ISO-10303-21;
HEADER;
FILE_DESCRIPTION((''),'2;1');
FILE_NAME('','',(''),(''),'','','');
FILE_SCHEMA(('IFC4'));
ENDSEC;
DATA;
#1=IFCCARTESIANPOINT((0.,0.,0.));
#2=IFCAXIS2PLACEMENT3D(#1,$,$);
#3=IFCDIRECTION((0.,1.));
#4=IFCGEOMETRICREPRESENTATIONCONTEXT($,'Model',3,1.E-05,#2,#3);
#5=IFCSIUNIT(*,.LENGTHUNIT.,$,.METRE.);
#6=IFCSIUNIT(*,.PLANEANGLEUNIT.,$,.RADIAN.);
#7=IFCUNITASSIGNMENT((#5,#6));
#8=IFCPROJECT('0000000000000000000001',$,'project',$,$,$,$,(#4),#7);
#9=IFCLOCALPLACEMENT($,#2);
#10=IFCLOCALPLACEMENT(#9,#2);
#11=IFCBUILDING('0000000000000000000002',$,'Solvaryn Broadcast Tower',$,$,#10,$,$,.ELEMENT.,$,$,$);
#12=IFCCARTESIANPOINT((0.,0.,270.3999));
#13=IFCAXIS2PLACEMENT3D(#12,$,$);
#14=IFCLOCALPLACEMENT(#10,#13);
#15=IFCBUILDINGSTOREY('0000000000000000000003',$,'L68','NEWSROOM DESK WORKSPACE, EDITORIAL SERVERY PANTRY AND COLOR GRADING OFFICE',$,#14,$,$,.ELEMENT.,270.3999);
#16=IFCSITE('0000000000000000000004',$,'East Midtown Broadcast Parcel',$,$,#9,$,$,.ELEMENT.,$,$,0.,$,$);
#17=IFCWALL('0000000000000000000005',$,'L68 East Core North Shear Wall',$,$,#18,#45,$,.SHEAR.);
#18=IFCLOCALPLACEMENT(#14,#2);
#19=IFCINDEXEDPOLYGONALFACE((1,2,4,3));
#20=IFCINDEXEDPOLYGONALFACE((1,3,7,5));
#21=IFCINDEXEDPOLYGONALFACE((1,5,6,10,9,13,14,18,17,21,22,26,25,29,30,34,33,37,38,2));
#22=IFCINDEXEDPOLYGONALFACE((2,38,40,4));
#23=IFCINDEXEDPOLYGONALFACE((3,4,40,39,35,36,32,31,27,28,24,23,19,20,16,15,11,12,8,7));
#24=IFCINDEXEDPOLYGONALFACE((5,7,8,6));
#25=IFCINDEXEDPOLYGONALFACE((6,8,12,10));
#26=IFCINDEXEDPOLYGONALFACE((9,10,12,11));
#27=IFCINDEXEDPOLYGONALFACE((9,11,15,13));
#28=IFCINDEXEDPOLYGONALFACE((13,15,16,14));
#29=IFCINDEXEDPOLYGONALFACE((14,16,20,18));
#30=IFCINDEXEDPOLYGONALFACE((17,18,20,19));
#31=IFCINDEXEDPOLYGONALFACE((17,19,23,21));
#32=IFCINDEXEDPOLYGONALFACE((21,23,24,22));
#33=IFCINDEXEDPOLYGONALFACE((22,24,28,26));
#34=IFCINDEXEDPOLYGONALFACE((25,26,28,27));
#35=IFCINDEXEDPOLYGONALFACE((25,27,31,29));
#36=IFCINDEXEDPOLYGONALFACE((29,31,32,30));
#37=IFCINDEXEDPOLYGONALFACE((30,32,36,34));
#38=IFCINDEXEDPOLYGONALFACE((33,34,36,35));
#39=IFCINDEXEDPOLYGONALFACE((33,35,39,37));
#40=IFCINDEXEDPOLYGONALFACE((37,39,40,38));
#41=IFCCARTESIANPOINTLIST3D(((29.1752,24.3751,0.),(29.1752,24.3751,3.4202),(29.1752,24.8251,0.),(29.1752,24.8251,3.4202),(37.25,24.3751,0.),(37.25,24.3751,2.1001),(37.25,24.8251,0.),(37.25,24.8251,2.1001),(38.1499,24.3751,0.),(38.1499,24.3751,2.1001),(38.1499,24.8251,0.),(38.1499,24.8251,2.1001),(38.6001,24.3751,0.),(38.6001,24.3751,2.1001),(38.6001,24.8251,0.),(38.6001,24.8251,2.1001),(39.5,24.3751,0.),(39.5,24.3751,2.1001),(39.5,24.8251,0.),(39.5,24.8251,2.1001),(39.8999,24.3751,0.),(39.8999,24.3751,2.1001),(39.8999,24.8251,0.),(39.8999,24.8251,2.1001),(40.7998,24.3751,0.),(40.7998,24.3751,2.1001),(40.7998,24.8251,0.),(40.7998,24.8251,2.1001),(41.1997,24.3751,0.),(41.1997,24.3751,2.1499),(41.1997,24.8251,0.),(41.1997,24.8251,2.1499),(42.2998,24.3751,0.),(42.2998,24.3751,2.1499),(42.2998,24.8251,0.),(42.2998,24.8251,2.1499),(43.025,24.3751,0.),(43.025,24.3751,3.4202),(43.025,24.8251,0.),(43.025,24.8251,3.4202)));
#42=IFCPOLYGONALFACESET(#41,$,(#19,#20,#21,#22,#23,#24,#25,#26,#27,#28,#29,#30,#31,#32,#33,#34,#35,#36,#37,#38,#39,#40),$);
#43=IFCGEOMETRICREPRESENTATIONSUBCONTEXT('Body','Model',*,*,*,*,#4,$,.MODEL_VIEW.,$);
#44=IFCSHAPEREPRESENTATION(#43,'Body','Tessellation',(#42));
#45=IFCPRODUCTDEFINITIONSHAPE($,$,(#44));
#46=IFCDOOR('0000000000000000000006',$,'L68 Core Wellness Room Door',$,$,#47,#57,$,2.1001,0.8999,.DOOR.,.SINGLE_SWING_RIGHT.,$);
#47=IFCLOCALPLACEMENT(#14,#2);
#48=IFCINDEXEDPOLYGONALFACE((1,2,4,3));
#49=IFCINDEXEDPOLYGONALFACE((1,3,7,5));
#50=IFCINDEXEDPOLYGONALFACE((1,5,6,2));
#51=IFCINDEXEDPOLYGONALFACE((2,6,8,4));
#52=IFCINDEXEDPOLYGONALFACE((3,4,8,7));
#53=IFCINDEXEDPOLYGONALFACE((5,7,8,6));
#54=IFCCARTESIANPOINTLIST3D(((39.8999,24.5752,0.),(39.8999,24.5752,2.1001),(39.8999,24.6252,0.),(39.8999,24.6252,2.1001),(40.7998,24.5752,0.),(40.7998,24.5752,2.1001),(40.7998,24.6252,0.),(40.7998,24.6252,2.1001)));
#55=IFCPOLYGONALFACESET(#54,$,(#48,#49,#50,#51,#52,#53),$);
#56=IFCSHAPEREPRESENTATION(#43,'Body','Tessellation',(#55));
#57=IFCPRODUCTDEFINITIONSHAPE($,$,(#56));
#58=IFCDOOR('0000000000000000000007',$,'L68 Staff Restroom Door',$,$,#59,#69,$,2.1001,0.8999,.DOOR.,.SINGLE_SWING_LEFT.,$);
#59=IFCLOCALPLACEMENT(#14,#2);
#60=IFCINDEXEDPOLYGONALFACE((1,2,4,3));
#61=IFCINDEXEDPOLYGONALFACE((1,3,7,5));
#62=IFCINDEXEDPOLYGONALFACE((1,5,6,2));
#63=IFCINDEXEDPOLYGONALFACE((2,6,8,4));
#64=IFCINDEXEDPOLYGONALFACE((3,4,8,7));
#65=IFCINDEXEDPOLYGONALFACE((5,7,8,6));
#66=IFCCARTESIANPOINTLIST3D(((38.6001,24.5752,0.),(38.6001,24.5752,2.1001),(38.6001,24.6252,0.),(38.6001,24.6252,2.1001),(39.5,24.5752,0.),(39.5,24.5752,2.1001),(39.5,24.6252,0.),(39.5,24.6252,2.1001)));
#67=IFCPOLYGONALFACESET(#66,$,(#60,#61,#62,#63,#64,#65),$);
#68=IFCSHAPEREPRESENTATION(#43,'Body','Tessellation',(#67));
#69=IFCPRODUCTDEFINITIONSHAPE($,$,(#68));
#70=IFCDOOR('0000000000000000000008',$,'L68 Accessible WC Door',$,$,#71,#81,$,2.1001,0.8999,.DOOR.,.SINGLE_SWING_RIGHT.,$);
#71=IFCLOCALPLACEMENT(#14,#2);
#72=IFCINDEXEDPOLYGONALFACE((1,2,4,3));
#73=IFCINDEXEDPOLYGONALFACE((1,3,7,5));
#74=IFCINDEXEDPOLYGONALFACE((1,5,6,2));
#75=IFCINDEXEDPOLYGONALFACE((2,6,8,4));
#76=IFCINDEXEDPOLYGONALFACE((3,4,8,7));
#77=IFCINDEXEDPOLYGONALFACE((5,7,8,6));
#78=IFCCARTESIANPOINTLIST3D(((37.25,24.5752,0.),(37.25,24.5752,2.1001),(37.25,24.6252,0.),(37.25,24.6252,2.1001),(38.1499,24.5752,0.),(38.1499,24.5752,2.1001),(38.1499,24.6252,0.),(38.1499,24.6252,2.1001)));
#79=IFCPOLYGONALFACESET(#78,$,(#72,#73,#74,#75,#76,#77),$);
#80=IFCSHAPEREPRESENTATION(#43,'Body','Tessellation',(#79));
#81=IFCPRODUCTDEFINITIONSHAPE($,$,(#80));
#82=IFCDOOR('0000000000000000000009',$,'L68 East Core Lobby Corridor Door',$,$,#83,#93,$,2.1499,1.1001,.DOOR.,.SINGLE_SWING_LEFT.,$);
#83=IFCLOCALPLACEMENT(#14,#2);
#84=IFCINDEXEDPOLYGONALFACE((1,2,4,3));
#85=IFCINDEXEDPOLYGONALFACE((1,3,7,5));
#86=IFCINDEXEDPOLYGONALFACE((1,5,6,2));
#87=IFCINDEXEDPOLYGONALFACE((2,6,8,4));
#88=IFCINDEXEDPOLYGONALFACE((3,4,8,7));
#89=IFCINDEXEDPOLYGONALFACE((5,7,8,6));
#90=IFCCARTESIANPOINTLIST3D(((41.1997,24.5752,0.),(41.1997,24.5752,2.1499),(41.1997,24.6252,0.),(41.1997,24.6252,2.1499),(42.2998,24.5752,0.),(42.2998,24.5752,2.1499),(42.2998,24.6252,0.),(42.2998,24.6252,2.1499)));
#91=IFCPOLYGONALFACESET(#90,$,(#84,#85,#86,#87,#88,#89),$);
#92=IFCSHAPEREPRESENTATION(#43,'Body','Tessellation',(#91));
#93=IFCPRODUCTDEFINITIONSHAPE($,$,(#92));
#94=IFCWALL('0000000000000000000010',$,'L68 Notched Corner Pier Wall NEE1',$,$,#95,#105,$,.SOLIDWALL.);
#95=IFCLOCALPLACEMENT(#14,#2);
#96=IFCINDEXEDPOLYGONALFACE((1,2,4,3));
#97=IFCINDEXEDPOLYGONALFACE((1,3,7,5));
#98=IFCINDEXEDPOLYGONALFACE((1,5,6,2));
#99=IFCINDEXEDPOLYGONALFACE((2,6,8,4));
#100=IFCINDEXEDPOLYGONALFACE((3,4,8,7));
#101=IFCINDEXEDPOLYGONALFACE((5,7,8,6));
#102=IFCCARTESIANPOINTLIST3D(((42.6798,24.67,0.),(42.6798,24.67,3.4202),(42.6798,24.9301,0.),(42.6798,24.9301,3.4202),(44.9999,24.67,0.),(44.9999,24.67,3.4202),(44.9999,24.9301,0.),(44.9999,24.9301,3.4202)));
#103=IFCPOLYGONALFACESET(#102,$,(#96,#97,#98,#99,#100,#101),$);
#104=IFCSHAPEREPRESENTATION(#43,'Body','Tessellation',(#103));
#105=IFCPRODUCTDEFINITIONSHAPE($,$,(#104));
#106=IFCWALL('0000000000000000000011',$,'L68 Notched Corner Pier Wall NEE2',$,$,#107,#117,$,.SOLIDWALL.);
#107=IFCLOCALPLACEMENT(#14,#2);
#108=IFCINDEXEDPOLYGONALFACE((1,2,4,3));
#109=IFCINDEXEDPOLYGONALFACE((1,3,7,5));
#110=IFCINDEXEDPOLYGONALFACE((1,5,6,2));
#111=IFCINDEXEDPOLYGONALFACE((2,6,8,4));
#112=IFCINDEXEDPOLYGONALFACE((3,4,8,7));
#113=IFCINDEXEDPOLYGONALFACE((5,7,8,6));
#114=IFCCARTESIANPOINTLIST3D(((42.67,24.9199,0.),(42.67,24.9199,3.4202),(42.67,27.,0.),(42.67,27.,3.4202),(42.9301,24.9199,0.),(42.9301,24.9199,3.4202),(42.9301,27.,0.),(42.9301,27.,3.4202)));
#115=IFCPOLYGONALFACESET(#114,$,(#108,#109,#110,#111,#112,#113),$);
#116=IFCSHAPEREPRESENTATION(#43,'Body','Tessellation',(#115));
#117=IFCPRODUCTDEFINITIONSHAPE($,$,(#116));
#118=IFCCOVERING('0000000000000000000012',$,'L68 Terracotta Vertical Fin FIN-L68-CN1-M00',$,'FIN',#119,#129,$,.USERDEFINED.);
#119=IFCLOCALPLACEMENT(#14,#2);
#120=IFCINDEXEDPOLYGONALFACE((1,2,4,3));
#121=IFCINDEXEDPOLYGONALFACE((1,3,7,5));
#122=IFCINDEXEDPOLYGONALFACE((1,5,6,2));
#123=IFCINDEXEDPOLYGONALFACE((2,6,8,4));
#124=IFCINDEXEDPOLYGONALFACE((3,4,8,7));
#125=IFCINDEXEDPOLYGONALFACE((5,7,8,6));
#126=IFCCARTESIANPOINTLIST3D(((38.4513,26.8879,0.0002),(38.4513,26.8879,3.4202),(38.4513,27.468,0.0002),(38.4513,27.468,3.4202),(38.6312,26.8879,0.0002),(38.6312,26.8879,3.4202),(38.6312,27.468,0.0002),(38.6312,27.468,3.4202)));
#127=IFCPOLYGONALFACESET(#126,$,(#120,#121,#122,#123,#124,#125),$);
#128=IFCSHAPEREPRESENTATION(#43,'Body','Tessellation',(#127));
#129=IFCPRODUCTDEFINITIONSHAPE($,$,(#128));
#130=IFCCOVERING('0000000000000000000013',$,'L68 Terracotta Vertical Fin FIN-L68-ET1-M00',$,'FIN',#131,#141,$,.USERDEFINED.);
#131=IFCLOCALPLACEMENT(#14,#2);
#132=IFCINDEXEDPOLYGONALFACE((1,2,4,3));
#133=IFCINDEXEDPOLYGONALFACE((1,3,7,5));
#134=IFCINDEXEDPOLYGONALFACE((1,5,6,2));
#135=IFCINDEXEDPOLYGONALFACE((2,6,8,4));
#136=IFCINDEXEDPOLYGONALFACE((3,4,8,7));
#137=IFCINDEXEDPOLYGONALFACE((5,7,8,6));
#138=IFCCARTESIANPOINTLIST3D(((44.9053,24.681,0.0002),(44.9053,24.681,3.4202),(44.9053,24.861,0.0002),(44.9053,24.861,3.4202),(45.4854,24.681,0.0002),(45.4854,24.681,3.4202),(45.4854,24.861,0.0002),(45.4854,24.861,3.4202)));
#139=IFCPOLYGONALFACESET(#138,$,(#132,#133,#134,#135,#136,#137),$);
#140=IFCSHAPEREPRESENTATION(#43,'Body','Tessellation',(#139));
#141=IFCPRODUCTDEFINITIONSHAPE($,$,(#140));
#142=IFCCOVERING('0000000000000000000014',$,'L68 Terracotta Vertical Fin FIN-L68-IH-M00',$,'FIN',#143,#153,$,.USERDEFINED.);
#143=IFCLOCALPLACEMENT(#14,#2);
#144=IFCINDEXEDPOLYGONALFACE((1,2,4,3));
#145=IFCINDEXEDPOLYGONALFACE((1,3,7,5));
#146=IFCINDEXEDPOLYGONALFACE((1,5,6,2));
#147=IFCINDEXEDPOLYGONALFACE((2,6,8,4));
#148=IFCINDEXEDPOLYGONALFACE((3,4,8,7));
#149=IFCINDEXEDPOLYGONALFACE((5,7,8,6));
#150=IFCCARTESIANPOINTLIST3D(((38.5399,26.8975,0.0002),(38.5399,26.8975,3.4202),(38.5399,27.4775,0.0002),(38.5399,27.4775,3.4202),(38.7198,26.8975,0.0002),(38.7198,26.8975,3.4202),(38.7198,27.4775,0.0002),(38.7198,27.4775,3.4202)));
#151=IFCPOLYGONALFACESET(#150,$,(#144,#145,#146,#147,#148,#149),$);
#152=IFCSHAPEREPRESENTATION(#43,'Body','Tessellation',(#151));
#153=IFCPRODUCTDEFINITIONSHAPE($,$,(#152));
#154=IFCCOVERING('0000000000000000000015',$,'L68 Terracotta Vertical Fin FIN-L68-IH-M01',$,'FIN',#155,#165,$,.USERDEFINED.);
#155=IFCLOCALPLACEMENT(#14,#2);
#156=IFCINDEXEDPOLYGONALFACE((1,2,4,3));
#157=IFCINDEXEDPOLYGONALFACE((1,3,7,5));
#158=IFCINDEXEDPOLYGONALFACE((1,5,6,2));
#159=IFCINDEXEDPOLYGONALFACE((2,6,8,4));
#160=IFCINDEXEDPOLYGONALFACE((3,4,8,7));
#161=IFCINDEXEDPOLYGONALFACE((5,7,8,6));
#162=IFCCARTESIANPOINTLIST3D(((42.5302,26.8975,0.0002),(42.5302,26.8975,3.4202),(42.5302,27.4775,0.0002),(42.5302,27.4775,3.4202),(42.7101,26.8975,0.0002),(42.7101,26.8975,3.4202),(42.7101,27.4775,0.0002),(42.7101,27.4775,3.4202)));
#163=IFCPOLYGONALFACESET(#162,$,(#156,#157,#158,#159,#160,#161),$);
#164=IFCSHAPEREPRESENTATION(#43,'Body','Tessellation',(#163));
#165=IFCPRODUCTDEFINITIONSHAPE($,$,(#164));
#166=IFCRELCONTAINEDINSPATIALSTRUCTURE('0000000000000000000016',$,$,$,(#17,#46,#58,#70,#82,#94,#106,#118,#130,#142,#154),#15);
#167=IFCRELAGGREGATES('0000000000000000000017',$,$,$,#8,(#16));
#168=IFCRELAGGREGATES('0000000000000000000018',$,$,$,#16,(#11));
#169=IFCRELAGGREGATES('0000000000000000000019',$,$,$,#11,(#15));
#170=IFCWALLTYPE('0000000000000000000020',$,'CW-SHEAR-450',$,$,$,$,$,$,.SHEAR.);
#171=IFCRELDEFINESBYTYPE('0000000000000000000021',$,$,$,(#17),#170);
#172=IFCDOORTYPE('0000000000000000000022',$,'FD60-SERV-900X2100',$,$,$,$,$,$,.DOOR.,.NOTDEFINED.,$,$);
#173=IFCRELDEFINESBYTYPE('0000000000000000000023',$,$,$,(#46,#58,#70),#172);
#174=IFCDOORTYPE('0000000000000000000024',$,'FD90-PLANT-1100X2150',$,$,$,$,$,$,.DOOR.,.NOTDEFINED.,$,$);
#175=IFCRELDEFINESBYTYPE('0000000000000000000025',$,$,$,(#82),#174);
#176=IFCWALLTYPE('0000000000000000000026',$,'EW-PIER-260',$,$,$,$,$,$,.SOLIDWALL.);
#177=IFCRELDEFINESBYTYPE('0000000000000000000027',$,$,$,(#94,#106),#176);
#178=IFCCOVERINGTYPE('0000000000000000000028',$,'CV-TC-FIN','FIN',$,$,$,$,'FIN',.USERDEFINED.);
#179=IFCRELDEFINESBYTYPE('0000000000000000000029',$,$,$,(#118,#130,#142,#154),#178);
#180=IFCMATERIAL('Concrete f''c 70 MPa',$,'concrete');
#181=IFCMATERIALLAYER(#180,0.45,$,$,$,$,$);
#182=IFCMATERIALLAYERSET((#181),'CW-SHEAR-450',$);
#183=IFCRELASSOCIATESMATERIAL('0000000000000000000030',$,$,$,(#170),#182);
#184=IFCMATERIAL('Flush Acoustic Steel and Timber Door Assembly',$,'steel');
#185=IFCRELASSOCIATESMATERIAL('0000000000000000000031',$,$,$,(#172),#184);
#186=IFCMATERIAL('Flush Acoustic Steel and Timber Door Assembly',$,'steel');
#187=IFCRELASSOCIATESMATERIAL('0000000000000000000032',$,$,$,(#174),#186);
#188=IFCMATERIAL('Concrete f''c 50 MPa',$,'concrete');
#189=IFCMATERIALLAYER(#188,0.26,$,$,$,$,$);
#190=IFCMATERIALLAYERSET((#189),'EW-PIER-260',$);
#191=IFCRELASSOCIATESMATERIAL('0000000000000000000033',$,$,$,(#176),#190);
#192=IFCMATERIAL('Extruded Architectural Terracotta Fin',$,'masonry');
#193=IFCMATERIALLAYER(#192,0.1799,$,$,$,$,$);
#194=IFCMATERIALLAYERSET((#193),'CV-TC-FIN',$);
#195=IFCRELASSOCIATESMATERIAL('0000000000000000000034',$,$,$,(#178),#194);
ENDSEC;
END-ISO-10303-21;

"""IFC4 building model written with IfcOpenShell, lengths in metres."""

from ifc_helpers import new_model, si_unit, direction, frame, frame_2d, origin, origin_2d, place, context, subcontext, project, spatial, rectangle, extrude, material, layer, layer_set, type_object, element, fill, save


model = new_model("IFC4")

# Units and contexts
model_context = context("Model", 3, precision=1e-05, world=origin(), true_north=direction((0.0, 1.0)))
body_context = subcontext(model_context, "Body", "Model", "MODEL_VIEW")
ifc_project = project(units=[si_unit("LENGTHUNIT", "METRE"), si_unit("PLANEANGLEUNIT", "RADIAN")], contexts=[model_context])

# Site, building, storey
site_placement = place(None, origin())
site = spatial("IfcSite", under=ifc_project, at=site_placement, Name="East Midtown Broadcast Parcel", CompositionType="ELEMENT", RefElevation=0.0)
building_placement = place(site_placement, origin())
building = spatial("IfcBuilding", under=site, at=building_placement, Name="Solvaryn Broadcast Tower", CompositionType="ELEMENT")
storey_placement = place(building_placement, frame((0.0, 0.0, 270.3999)))
storey = spatial("IfcBuildingStorey", under=building, at=storey_placement, Name="L68", Description="NEWSROOM DESK WORKSPACE, EDITORIAL SERVERY PANTRY AND COLOR GRADING OFFICE", CompositionType="ELEMENT", Elevation=270.3999)

# Wall, openings, doors
ifc_material_1 = material(Name="Concrete f'c 70 MPa", Category="concrete")
ifc_layer_1 = layer(ifc_material_1, 0.45)
ifc_layer_set_1 = layer_set([ifc_layer_1], Name="CW-SHEAR-450")
wall_type_1 = type_object("IfcWallType", Name="CW-SHEAR-450", PredefinedType="SHEAR", material=ifc_layer_set_1)
wall_1_placement = place(storey_placement, frame((43.0249, 24.6001, 0.0), z_axis=(0.0, 0.0, 1.0), x_axis=(-1.0, 0.0, 0.0)))
wall_1 = element("IfcWall", 1, at=wall_1_placement, inside=storey, type_object=wall_type_1, Name="L68 East Core North Shear Wall", PredefinedType="SHEAR", context=body_context, shape_type="SweptSolid", body=[
    extrude(rectangle(XDim=13.8499, YDim=0.45, at=frame_2d((6.9248, 0.0))), origin(), (0.0, 0.0, 1.0), 3.4202),
])
opening_1_placement = place(wall_1_placement, frame((0.7251, 0.0, 0.0)))
opening_1 = element("IfcOpeningElement", 2, at=opening_1_placement, cuts=wall_1, PredefinedType="OPENING", context=body_context, shape_type="SweptSolid", body=[
    extrude(rectangle(XDim=1.1001, YDim=2.1499, at=frame_2d((0.55, 1.075))), frame((0.0, 0.2351, 0.0), z_axis=(0.0, -1.0, 0.0), x_axis=(1.0, 0.0, 0.0)), (0.0, 0.0, 1.0), 0.47),
])
opening_2_placement = place(wall_1_placement, frame((2.2251, 0.0, 0.0)))
opening_2 = element("IfcOpeningElement", 3, at=opening_2_placement, cuts=wall_1, PredefinedType="OPENING", context=body_context, shape_type="SweptSolid", body=[
    extrude(rectangle(XDim=0.8999, YDim=2.1001, at=frame_2d((0.45, 1.05))), frame((0.0, 0.2351, 0.0), z_axis=(0.0, -1.0, 0.0), x_axis=(1.0, 0.0, 0.0)), (0.0, 0.0, 1.0), 0.47),
])
opening_3_placement = place(wall_1_placement, frame((3.5249, 0.0, 0.0)))
opening_3 = element("IfcOpeningElement", 4, at=opening_3_placement, cuts=wall_1, PredefinedType="OPENING", context=body_context, shape_type="SweptSolid", body=[
    extrude(rectangle(XDim=0.8999, YDim=2.1001, at=frame_2d((0.45, 1.05))), frame((0.0, 0.2351, 0.0), z_axis=(0.0, -1.0, 0.0), x_axis=(1.0, 0.0, 0.0)), (0.0, 0.0, 1.0), 0.47),
])
opening_4_placement = place(wall_1_placement, frame((4.875, 0.0, 0.0)))
opening_4 = element("IfcOpeningElement", 5, at=opening_4_placement, cuts=wall_1, PredefinedType="OPENING", context=body_context, shape_type="SweptSolid", body=[
    extrude(rectangle(XDim=0.8999, YDim=2.1001, at=frame_2d((0.45, 1.05))), frame((0.0, 0.2351, 0.0), z_axis=(0.0, -1.0, 0.0), x_axis=(1.0, 0.0, 0.0)), (0.0, 0.0, 1.0), 0.47),
])
ifc_material_2 = material(Name="Flush Acoustic Steel and Timber Door Assembly", Category="steel")
door_type_1 = type_object("IfcDoorType", Name="FD60-SERV-900X2100", OperationType="NOTDEFINED", PredefinedType="DOOR", material=ifc_material_2)
door_1_placement = place(opening_2_placement, origin())
door_1 = element("IfcDoor", 6, at=door_1_placement, inside=storey, type_object=door_type_1, Name="L68 Core Wellness Room Door", OperationType="SINGLE_SWING_RIGHT", OverallHeight=2.1001, OverallWidth=0.8999, PredefinedType="DOOR", context=body_context, shape_type="SweptSolid", body=[
    extrude(rectangle(XDim=0.8999, YDim=2.1001, at=frame_2d((0.45, 1.05))), frame((0.0, 0.0249, 0.0), z_axis=(0.0, -1.0, 0.0), x_axis=(1.0, 0.0, 0.0)), (0.0, 0.0, 1.0), 0.05),
])
fill(opening_2, door_1)
door_2_placement = place(opening_3_placement, origin())
door_2 = element("IfcDoor", 7, at=door_2_placement, inside=storey, type_object=door_type_1, Name="L68 Staff Restroom Door", OperationType="SINGLE_SWING_LEFT", OverallHeight=2.1001, OverallWidth=0.8999, PredefinedType="DOOR", context=body_context, shape_type="SweptSolid", body=[
    extrude(rectangle(XDim=0.8999, YDim=2.1001, at=frame_2d((0.45, 1.05))), frame((0.0, 0.0249, 0.0), z_axis=(0.0, -1.0, 0.0), x_axis=(1.0, 0.0, 0.0)), (0.0, 0.0, 1.0), 0.05),
])
fill(opening_3, door_2)
door_3_placement = place(opening_4_placement, origin())
door_3 = element("IfcDoor", 8, at=door_3_placement, inside=storey, type_object=door_type_1, Name="L68 Accessible WC Door", OperationType="SINGLE_SWING_RIGHT", OverallHeight=2.1001, OverallWidth=0.8999, PredefinedType="DOOR", context=body_context, shape_type="SweptSolid", body=[
    extrude(rectangle(XDim=0.8999, YDim=2.1001, at=frame_2d((0.45, 1.05))), frame((0.0, 0.0249, 0.0), z_axis=(0.0, -1.0, 0.0), x_axis=(1.0, 0.0, 0.0)), (0.0, 0.0, 1.0), 0.05),
])
fill(opening_4, door_3)
ifc_material_3 = material(Name="Flush Acoustic Steel and Timber Door Assembly", Category="steel")
door_type_2 = type_object("IfcDoorType", Name="FD90-PLANT-1100X2150", OperationType="NOTDEFINED", PredefinedType="DOOR", material=ifc_material_3)
door_4_placement = place(opening_1_placement, origin())
door_4 = element("IfcDoor", 9, at=door_4_placement, inside=storey, type_object=door_type_2, Name="L68 East Core Lobby Corridor Door", OperationType="SINGLE_SWING_LEFT", OverallHeight=2.1499, OverallWidth=1.1001, PredefinedType="DOOR", context=body_context, shape_type="SweptSolid", body=[
    extrude(rectangle(XDim=1.1001, YDim=2.1499, at=frame_2d((0.55, 1.075))), frame((0.0, 0.0249, 0.0), z_axis=(0.0, -1.0, 0.0), x_axis=(1.0, 0.0, 0.0)), (0.0, 0.0, 1.0), 0.05),
])
fill(opening_1, door_4)

# Walls
ifc_material_4 = material(Name="Concrete f'c 50 MPa", Category="concrete")
ifc_layer_2 = layer(ifc_material_4, 0.26)
ifc_layer_set_2 = layer_set([ifc_layer_2], Name="EW-PIER-260")
wall_type_2 = type_object("IfcWallType", Name="EW-PIER-260", PredefinedType="SOLIDWALL", material=ifc_layer_set_2)
wall_2_placement = place(storey_placement, frame((45.0, 24.8, 0.0), z_axis=(0.0, 0.0, 1.0), x_axis=(-1.0, 0.0, 0.0)))
element("IfcWall", 10, at=wall_2_placement, inside=storey, type_object=wall_type_2, Name="L68 Notched Corner Pier Wall NEE1", PredefinedType="SOLIDWALL", context=body_context, shape_type="SweptSolid", body=[
    extrude(rectangle(XDim=2.3201, YDim=0.26, at=frame_2d((1.1602, 0.0))), origin(), (0.0, 0.0, 1.0), 3.4202),
])
wall_3_placement = place(storey_placement, frame((42.8, 24.9199, 0.0), z_axis=(0.0, 0.0, 1.0), x_axis=(0.0, 1.0, 0.0)))
element("IfcWall", 11, at=wall_3_placement, inside=storey, type_object=wall_type_2, Name="L68 Notched Corner Pier Wall NEE2", PredefinedType="SOLIDWALL", context=body_context, shape_type="SweptSolid", body=[
    extrude(rectangle(XDim=2.0801, YDim=0.26, at=frame_2d((1.04, 0.0))), origin(), (0.0, 0.0, 1.0), 3.4202),
])

# Coverings
ifc_material_5 = material(Name="Extruded Architectural Terracotta Fin", Category="masonry")
ifc_layer_3 = layer(ifc_material_5, 0.1799)
ifc_layer_set_3 = layer_set([ifc_layer_3], Name="CV-TC-FIN")
covering_type = type_object("IfcCoveringType", Name="CV-TC-FIN", Description="FIN", ElementType="FIN", PredefinedType="USERDEFINED", material=ifc_layer_set_3)
covering_1_placement = place(storey_placement, frame((38.5413, 27.178, 0.0002), z_axis=(0.0, 0.0, 1.0), x_axis=(1.0, 0.0, 0.0)))
element("IfcCovering", 12, at=covering_1_placement, inside=storey, type_object=covering_type, Name="L68 Terracotta Vertical Fin FIN-L68-CN1-M00", ObjectType="FIN", PredefinedType="USERDEFINED", context=body_context, shape_type="SweptSolid", body=[
    extrude(rectangle(XDim=0.1799, YDim=0.5801, at=origin_2d()), origin(), (0.0, 0.0, 1.0), 3.4199),
])
covering_2_placement = place(storey_placement, frame((45.1953, 24.771, 0.0002), z_axis=(0.0, 0.0, 1.0), x_axis=(1.0, 0.0, 0.0)))
element("IfcCovering", 13, at=covering_2_placement, inside=storey, type_object=covering_type, Name="L68 Terracotta Vertical Fin FIN-L68-ET1-M00", ObjectType="FIN", PredefinedType="USERDEFINED", context=body_context, shape_type="SweptSolid", body=[
    extrude(rectangle(XDim=0.5801, YDim=0.1799, at=origin_2d()), origin(), (0.0, 0.0, 1.0), 3.4199),
])
for number, where, z_axis, x_axis, name in (
    (14, (38.6299, 27.1875, 0.0002), (0.0, 0.0, 1.0), (1.0, 0.0, 0.0), "L68 Terracotta Vertical Fin FIN-L68-IH-M00"),
    (15, (42.6201, 27.1875, 0.0002), (0.0, 0.0, 1.0), (1.0, 0.0, 0.0), "L68 Terracotta Vertical Fin FIN-L68-IH-M01"),
):
    element("IfcCovering", number, at=place(storey_placement, frame(where, z_axis=z_axis, x_axis=x_axis)), inside=storey, type_object=covering_type, Name=name, ObjectType="FIN", PredefinedType="USERDEFINED", context=body_context, shape_type="SweptSolid", body=[
        extrude(rectangle(XDim=0.1799, YDim=0.5801, at=origin_2d()), origin(), (0.0, 0.0, 1.0), 3.4199),
    ])

save(model, "model.ifc")
